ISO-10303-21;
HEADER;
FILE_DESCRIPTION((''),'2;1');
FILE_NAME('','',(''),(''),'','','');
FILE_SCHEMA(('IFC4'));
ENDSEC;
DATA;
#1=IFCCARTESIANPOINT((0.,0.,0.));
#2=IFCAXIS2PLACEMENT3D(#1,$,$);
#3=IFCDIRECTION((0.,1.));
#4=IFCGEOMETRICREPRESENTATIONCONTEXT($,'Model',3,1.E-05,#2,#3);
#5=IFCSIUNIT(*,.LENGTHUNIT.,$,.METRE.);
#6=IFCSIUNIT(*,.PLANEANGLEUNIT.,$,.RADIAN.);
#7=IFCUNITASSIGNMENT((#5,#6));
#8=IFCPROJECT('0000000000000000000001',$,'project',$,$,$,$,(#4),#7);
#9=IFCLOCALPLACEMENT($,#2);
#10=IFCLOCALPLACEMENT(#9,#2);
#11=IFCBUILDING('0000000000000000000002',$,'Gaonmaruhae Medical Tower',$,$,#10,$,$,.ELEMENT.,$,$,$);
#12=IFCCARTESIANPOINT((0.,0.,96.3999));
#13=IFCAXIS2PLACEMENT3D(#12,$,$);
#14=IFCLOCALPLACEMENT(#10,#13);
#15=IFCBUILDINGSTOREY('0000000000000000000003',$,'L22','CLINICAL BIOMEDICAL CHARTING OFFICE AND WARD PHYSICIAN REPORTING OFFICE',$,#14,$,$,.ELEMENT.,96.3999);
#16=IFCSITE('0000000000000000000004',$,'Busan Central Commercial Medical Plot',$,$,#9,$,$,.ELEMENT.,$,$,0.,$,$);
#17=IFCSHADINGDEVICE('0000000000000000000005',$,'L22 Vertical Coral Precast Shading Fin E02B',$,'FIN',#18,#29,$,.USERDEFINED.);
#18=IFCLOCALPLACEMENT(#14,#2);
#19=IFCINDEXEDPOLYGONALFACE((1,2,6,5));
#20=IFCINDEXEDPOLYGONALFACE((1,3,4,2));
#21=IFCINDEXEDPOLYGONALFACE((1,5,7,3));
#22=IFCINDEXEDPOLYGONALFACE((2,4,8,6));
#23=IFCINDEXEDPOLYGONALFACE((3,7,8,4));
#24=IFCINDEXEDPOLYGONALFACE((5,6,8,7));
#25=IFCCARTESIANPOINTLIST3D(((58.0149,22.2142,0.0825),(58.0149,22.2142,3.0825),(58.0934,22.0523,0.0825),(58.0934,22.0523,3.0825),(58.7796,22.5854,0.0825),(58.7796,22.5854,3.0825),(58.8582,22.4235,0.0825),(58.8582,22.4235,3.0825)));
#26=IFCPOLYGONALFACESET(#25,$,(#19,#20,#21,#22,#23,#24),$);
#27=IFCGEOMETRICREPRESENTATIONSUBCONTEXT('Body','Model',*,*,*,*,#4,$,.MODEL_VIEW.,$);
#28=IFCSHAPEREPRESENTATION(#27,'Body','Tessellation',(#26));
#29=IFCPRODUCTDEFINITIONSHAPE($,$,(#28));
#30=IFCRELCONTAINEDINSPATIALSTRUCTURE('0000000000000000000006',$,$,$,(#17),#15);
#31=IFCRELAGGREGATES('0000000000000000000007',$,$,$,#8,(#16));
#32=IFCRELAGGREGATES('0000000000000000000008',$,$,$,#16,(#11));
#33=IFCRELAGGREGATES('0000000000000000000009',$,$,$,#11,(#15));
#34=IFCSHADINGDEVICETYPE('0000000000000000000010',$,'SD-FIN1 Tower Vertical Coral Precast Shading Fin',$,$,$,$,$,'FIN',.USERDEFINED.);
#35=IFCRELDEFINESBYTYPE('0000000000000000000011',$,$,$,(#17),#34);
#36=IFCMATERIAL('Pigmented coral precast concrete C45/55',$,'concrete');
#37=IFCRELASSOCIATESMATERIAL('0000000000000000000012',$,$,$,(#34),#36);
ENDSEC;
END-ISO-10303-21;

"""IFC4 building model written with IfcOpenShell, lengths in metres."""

from ifc_helpers import new_model, si_unit, direction, frame, origin, origin_2d, place, context, subcontext, project, spatial, rectangle, extrude, material, type_object, element, save


model = new_model("IFC4")

# Units and contexts
model_context = context("Model", 3, precision=1e-05, world=origin(), true_north=direction((0.0, 1.0)))
body_context = subcontext(model_context, "Body", "Model", "MODEL_VIEW")
ifc_project = project(units=[si_unit("LENGTHUNIT", "METRE"), si_unit("PLANEANGLEUNIT", "RADIAN")], contexts=[model_context])

# Site, building, storey
site_placement = place(None, origin())
site = spatial("IfcSite", under=ifc_project, at=site_placement, Name="Busan Central Commercial Medical Plot", CompositionType="ELEMENT", RefElevation=0.0)
building_placement = place(site_placement, origin())
building = spatial("IfcBuilding", under=site, at=building_placement, Name="Gaonmaruhae Medical Tower", CompositionType="ELEMENT")
storey_placement = place(building_placement, frame((0.0, 0.0, 96.3999)))
storey = spatial("IfcBuildingStorey", under=building, at=storey_placement, Name="L22", Description="CLINICAL BIOMEDICAL CHARTING OFFICE AND WARD PHYSICIAN REPORTING OFFICE", CompositionType="ELEMENT", Elevation=96.3999)

# Shading device
ifc_material_1 = material(Name="Pigmented coral precast concrete C45/55", Category="concrete")
shading_device_type = type_object("IfcShadingDeviceType", Name="SD-FIN1 Tower Vertical Coral Precast Shading Fin", ElementType="FIN", PredefinedType="USERDEFINED", material=ifc_material_1)
for number, where, z_axis, x_axis, name in (
    (1, (58.4365, 22.3188, 0.0825), (0.0, 0.0, 1.0), (0.43666, -0.899626, 0.0), "L22 Vertical Coral Precast Shading Fin E02B"),
):
    element("IfcShadingDevice", number, at=place(storey_placement, frame(where, z_axis=z_axis, x_axis=x_axis)), inside=storey, type_object=shading_device_type, Name=name, ObjectType="FIN", PredefinedType="USERDEFINED", context=body_context, shape_type="SweptSolid", body=[
        extrude(rectangle(XDim=0.1799, YDim=0.8501, at=origin_2d()), origin(), (0.0, 0.0, 1.0), 3.0),
    ])

save(model, "model.ifc")
